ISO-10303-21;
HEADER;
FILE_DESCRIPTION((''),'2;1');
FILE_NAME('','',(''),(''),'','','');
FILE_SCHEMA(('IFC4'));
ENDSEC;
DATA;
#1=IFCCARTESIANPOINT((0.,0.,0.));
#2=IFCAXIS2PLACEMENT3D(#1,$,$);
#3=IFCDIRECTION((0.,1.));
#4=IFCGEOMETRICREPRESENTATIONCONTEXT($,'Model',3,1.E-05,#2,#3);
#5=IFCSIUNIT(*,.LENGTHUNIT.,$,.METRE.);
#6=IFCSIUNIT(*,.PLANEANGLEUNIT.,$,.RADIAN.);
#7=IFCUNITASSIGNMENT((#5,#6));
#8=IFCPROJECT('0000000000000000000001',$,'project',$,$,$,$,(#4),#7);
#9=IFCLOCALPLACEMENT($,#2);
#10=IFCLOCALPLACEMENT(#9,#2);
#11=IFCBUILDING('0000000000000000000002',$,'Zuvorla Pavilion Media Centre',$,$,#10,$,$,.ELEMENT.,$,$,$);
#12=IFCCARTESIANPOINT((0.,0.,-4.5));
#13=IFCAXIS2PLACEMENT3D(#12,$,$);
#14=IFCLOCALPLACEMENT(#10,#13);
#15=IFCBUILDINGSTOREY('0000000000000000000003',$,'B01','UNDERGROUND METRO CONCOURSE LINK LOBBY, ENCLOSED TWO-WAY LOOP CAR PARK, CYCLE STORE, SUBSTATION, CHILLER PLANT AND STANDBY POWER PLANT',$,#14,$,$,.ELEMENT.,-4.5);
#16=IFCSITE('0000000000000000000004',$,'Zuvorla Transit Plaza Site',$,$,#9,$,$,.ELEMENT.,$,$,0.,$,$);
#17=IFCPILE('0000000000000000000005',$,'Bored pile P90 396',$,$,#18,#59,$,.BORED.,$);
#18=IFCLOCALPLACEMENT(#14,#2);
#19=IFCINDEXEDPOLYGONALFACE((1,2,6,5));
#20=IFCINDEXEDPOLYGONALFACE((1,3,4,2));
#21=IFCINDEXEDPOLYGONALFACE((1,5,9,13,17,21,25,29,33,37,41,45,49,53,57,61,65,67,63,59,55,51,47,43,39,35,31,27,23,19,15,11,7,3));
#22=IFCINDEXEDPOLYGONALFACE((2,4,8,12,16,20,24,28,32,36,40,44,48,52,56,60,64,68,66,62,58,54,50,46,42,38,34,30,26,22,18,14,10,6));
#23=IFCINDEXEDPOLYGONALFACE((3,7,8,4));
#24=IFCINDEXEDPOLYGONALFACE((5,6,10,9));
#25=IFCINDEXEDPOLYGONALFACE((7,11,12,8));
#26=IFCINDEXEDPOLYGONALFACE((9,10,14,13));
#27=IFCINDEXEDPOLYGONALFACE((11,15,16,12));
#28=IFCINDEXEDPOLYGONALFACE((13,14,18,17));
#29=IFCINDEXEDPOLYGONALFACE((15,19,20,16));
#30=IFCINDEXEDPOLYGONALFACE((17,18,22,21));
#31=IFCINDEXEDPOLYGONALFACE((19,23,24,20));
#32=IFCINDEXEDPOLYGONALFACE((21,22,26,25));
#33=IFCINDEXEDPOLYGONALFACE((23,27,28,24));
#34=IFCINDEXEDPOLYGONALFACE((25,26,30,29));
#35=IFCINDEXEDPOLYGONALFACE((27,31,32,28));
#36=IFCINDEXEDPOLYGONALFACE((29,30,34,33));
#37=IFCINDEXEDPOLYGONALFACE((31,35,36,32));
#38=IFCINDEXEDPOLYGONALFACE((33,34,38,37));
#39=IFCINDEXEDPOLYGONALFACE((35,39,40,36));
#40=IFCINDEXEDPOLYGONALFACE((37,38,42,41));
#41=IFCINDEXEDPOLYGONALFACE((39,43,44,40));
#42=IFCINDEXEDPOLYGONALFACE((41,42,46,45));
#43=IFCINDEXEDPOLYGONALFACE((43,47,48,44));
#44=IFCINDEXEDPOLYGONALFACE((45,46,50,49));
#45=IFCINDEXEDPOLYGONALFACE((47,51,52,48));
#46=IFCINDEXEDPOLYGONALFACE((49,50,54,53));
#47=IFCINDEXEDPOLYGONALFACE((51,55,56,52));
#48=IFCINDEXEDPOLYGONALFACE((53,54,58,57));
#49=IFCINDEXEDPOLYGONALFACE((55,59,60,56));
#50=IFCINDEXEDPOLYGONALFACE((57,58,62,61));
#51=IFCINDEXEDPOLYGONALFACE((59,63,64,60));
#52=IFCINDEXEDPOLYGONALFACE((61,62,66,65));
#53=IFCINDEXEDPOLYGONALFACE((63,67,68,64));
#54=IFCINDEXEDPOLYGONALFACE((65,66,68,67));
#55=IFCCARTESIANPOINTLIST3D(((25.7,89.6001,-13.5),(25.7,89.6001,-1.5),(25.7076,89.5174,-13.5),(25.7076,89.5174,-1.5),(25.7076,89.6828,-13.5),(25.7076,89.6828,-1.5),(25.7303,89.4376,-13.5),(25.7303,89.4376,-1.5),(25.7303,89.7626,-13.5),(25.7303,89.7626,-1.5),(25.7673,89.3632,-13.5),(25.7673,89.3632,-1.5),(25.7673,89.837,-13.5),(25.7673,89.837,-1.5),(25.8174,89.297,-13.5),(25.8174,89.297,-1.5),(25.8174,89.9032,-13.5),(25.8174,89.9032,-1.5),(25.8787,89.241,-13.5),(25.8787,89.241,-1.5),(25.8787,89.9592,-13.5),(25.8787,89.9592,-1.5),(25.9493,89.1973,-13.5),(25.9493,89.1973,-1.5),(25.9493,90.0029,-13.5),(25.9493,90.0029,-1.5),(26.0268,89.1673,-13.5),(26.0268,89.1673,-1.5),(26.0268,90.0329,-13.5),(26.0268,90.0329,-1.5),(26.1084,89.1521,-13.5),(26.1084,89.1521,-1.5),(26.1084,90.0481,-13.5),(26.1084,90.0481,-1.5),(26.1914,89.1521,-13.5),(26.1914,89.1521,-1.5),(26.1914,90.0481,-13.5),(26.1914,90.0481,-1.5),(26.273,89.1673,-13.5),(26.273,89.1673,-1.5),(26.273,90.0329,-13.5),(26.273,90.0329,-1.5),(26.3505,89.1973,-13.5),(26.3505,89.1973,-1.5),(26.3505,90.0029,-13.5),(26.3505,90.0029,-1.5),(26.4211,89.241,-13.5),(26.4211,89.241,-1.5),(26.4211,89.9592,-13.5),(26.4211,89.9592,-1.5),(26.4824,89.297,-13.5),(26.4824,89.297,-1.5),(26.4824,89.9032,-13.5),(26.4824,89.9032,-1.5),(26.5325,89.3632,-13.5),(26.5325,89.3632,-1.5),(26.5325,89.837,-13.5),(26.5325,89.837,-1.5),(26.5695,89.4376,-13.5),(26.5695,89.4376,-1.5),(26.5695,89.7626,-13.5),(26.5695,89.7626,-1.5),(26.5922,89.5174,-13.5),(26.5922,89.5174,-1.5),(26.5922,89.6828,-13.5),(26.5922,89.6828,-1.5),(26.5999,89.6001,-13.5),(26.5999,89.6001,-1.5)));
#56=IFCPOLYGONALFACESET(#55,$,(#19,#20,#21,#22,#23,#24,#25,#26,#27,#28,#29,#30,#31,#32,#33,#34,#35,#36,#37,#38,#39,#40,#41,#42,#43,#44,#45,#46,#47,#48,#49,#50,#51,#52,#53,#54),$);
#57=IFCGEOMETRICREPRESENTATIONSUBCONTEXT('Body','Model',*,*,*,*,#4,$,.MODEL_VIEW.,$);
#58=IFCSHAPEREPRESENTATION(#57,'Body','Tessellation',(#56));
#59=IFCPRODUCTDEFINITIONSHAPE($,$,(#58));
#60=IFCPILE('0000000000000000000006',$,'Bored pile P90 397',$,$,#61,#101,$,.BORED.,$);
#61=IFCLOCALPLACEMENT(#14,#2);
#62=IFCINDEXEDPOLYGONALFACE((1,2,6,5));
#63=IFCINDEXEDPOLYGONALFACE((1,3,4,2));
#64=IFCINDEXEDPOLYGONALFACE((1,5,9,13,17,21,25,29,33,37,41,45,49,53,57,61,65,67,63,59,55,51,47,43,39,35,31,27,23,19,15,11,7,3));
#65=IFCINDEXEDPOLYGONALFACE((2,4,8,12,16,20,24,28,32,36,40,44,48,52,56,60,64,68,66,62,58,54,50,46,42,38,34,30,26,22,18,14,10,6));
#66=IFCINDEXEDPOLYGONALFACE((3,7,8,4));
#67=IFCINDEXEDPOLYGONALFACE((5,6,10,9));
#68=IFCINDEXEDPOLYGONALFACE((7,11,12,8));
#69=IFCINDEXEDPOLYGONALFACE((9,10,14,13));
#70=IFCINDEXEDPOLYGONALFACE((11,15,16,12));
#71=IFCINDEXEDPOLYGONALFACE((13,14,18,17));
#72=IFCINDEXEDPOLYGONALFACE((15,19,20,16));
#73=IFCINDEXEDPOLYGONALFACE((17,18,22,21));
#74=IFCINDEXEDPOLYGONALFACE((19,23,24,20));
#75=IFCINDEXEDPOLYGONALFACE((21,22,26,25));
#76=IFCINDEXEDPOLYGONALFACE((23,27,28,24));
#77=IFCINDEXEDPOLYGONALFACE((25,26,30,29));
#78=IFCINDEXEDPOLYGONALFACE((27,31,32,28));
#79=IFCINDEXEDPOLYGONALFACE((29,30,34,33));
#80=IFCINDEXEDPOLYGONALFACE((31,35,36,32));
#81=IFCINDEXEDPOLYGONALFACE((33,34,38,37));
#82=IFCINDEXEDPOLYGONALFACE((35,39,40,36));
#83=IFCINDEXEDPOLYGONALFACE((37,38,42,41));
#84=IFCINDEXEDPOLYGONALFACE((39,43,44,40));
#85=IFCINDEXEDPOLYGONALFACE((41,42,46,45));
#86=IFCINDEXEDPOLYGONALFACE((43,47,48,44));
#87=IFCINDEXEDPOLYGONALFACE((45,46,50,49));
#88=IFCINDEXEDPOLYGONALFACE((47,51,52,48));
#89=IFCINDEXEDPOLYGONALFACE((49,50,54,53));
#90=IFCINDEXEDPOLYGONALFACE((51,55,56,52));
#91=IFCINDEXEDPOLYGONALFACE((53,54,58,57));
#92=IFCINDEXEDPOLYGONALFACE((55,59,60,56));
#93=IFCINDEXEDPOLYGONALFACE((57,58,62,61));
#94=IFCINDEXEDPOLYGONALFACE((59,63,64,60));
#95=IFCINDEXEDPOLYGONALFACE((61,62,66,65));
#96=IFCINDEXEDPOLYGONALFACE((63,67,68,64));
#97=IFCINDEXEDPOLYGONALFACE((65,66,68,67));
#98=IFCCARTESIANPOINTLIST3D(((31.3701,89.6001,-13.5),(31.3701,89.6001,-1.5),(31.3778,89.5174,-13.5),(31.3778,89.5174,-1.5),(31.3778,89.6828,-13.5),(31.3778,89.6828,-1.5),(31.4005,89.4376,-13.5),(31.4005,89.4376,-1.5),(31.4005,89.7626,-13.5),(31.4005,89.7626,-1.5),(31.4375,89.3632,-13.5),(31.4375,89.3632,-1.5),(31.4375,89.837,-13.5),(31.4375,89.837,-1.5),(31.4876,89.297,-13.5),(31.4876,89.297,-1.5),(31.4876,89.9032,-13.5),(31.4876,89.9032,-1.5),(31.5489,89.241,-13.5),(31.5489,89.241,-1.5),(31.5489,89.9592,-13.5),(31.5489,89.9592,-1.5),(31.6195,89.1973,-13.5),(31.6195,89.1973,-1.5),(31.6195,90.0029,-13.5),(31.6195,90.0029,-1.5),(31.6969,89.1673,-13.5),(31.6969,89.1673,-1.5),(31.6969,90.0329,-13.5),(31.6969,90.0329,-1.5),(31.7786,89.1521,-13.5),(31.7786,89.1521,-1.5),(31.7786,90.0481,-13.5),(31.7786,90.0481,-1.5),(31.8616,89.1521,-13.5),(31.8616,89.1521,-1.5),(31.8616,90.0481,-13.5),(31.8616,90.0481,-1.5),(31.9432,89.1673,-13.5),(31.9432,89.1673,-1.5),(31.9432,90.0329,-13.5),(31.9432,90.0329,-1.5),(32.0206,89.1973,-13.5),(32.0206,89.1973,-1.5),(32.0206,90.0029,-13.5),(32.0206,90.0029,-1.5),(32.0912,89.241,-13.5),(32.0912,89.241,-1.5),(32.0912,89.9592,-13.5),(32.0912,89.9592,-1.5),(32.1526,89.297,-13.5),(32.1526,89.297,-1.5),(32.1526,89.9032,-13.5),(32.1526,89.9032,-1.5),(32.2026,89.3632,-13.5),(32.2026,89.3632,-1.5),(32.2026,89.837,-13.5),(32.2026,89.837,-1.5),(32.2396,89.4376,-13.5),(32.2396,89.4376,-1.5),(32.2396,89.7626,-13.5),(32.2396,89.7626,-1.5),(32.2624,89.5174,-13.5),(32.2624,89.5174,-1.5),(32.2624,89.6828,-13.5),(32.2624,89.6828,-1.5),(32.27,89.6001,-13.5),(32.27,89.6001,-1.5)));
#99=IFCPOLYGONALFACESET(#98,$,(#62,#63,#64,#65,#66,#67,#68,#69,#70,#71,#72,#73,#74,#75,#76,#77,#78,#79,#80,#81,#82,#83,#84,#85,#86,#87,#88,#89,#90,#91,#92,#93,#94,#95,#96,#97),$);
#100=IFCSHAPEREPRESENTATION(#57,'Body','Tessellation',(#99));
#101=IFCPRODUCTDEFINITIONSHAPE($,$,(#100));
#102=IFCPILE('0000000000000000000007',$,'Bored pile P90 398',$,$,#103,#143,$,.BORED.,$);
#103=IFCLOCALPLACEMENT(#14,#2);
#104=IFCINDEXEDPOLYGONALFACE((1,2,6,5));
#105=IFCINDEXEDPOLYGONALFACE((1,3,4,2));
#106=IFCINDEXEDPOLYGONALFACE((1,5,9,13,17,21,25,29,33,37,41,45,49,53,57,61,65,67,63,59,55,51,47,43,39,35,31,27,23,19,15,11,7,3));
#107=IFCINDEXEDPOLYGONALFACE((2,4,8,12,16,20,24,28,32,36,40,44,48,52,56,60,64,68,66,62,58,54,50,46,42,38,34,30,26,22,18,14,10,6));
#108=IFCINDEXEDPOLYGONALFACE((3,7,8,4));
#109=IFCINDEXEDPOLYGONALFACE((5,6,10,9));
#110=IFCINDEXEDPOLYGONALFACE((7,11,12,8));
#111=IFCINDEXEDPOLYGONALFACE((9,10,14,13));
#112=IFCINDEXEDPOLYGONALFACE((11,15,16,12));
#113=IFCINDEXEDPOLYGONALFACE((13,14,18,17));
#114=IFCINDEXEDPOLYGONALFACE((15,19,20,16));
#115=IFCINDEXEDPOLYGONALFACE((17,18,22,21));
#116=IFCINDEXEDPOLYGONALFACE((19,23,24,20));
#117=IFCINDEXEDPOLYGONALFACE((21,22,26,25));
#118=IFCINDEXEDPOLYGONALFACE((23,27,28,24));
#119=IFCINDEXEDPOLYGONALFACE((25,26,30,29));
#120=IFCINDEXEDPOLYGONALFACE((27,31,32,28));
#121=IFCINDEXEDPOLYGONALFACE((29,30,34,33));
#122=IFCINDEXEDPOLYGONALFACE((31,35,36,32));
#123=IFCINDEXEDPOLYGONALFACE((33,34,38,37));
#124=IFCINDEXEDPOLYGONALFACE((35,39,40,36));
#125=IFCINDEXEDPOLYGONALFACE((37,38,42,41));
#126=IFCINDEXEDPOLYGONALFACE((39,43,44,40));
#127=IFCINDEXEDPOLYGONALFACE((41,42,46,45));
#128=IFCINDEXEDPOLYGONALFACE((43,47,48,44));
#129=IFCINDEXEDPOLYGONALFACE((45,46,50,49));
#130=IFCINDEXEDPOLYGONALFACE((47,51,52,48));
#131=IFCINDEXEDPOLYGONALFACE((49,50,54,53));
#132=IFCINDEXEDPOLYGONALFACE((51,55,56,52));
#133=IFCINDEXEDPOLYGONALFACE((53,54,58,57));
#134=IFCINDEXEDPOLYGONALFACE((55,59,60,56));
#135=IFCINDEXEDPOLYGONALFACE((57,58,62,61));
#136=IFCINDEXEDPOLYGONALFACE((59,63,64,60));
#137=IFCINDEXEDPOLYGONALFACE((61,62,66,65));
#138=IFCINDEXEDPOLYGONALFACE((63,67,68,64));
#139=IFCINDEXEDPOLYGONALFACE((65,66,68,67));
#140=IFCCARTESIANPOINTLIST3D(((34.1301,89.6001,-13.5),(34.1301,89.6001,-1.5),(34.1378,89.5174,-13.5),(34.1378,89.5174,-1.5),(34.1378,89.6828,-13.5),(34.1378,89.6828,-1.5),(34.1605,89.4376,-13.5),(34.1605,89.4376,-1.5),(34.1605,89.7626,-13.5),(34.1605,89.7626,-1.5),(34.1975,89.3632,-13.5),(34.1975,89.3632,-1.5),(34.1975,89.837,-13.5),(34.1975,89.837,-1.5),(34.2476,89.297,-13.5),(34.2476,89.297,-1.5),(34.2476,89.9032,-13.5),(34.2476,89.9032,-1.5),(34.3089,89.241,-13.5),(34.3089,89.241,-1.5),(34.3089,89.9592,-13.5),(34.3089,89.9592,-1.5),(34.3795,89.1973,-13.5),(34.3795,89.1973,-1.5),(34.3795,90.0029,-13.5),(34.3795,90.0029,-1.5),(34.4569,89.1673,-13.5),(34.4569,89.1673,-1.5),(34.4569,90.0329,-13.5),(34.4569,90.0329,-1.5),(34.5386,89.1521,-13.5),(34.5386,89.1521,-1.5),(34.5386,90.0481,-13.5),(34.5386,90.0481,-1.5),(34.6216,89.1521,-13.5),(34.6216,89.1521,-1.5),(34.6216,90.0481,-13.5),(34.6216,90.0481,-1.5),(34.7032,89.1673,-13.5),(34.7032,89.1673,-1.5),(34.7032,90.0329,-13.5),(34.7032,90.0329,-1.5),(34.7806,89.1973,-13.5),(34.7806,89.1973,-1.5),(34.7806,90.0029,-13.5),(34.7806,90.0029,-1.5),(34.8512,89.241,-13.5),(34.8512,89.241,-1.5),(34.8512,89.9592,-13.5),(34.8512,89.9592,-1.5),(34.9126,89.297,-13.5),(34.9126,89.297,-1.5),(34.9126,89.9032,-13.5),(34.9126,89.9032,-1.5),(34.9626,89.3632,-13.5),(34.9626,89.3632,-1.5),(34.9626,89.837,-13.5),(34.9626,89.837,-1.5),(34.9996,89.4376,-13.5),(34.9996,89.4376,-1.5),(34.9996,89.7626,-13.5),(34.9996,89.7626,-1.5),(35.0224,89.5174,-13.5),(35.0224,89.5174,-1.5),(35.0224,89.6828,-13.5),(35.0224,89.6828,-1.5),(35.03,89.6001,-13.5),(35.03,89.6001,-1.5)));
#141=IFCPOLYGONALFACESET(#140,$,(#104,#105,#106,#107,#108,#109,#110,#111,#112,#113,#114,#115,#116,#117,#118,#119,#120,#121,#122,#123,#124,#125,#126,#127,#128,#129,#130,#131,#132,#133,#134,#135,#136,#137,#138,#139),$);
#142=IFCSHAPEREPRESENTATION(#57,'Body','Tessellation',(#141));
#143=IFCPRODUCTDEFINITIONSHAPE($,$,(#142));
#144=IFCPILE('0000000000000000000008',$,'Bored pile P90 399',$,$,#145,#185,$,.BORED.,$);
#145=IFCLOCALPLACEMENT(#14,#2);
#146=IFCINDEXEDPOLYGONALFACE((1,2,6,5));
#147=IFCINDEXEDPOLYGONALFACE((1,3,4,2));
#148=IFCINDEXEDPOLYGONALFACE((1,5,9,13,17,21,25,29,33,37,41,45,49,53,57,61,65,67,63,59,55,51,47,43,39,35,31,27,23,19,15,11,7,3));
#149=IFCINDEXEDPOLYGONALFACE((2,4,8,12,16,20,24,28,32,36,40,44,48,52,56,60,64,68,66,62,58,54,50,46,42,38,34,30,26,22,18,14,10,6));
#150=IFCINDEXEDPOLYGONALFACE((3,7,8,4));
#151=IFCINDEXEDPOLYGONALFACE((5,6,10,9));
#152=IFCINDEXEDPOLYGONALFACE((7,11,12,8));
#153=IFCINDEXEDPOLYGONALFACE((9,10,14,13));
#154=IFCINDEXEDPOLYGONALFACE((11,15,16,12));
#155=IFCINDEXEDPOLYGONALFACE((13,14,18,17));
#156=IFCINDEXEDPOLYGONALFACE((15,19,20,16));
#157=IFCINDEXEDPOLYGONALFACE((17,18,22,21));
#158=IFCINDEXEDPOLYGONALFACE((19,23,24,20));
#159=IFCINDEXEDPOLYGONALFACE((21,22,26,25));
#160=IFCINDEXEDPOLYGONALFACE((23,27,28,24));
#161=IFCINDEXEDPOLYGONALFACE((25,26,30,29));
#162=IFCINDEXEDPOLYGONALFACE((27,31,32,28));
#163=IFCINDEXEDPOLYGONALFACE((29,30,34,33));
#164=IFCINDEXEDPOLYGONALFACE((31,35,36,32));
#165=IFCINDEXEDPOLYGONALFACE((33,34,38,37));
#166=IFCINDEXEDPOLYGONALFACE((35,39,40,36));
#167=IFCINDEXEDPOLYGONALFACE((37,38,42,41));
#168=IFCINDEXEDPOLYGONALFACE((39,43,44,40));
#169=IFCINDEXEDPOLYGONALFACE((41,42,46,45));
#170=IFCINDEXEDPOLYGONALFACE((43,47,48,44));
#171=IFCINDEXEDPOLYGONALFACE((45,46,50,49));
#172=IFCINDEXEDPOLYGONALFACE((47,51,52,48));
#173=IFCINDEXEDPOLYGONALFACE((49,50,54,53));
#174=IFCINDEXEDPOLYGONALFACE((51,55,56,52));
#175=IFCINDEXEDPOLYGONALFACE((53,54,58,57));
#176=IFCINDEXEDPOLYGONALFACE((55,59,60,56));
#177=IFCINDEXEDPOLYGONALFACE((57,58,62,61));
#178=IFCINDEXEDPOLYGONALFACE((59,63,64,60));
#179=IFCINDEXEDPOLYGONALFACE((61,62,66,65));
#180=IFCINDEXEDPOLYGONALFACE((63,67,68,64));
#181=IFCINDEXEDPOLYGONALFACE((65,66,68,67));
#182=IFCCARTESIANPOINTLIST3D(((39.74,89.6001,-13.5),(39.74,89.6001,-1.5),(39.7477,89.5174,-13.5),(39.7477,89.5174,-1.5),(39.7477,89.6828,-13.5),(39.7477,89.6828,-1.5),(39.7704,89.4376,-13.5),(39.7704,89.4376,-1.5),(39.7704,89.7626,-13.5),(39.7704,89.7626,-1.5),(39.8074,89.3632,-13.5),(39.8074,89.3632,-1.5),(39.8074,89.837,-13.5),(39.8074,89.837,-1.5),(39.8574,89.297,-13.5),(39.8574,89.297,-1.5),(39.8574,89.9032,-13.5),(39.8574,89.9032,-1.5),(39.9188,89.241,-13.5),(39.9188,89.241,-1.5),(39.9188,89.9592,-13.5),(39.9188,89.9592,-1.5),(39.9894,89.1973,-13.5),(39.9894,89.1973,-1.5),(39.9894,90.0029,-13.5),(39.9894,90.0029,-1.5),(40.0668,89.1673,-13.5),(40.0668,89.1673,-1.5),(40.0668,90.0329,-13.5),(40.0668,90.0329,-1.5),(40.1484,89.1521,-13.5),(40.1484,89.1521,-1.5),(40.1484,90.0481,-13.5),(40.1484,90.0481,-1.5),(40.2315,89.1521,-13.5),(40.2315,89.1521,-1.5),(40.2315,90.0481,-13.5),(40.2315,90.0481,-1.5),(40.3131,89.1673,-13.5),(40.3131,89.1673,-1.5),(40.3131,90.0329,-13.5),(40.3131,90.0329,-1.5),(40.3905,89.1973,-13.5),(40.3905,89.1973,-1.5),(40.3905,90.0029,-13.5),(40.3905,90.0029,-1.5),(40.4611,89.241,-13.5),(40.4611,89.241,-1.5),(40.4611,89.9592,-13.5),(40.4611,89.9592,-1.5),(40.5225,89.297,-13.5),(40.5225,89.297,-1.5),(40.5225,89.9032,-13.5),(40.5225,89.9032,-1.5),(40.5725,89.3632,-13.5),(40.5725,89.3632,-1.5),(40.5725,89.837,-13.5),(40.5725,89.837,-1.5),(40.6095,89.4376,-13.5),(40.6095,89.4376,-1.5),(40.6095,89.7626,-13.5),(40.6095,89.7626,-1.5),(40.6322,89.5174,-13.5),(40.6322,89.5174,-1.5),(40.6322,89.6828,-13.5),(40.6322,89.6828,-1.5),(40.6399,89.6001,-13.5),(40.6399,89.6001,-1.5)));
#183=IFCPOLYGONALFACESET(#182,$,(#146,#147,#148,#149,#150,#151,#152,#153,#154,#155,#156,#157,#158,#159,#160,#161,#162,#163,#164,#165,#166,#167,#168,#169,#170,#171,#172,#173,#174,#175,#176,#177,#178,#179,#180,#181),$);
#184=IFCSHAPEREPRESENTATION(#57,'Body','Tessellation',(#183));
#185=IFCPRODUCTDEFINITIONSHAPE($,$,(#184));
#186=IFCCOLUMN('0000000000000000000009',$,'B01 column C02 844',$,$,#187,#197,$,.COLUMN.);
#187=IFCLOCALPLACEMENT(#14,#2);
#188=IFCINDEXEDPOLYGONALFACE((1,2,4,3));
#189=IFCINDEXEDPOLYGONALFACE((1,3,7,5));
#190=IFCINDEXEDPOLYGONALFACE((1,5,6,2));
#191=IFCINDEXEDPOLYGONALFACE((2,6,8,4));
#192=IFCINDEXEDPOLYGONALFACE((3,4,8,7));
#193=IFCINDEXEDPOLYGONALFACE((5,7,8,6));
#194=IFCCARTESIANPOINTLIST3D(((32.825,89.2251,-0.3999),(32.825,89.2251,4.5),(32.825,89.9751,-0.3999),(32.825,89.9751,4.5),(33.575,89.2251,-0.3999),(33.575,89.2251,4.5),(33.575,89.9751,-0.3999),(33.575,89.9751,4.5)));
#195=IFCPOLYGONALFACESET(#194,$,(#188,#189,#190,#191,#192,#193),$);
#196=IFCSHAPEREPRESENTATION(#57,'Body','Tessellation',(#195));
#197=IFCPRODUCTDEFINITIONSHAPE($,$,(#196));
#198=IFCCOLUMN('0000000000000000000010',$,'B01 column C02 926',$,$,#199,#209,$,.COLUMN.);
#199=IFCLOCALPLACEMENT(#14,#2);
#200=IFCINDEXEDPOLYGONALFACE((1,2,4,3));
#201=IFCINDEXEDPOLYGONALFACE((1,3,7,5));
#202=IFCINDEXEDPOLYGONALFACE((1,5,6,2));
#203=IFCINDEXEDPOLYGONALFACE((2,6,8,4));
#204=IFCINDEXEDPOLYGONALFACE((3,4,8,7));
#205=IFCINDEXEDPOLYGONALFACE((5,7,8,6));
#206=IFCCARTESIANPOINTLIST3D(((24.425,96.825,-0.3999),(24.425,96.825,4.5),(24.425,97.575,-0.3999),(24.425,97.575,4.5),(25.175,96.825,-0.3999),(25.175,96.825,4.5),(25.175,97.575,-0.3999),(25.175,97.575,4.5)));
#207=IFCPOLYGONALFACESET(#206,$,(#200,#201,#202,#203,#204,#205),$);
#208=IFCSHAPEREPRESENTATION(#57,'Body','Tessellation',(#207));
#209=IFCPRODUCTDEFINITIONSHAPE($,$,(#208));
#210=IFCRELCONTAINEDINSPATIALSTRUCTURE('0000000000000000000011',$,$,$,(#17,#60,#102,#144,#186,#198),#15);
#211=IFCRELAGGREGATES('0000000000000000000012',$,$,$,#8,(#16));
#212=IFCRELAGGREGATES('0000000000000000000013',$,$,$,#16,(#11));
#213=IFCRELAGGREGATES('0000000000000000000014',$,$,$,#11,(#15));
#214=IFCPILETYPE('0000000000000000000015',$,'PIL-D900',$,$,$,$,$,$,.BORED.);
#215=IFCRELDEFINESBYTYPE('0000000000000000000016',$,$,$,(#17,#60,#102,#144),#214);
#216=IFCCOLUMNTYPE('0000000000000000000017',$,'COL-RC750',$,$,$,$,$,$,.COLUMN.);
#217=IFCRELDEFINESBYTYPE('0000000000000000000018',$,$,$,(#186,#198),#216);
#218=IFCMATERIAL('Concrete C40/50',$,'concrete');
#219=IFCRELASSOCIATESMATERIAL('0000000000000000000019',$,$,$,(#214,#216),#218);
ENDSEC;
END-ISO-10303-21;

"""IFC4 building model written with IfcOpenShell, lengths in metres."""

from ifc_helpers import new_model, si_unit, direction, frame, origin, origin_2d, place, context, subcontext, project, spatial, rectangle, circle, extrude, material, material_profile, profile_set, type_object, element, save


model = new_model("IFC4")

# Units and contexts
model_context = context("Model", 3, precision=1e-05, world=origin(), true_north=direction((0.0, 1.0)))
body_context = subcontext(model_context, "Body", "Model", "MODEL_VIEW")
ifc_project = project(units=[si_unit("LENGTHUNIT", "METRE"), si_unit("PLANEANGLEUNIT", "RADIAN")], contexts=[model_context])

# Site, building, storey
site_placement = place(None, origin())
site = spatial("IfcSite", under=ifc_project, at=site_placement, Name="Zuvorla Transit Plaza Site", CompositionType="ELEMENT", RefElevation=0.0)
building_placement = place(site_placement, origin())
building = spatial("IfcBuilding", under=site, at=building_placement, Name="Zuvorla Pavilion Media Centre", CompositionType="ELEMENT")
storey_placement = place(building_placement, frame((0.0, 0.0, -4.5)))
storey = spatial("IfcBuildingStorey", under=building, at=storey_placement, Name="B01", Description="UNDERGROUND METRO CONCOURSE LINK LOBBY, ENCLOSED TWO-WAY LOOP CAR PARK, CYCLE STORE, SUBSTATION, CHILLER PLANT AND STANDBY POWER PLANT", CompositionType="ELEMENT", Elevation=-4.5)

# Shared definitions
ifc_material = material(Name="Concrete C40/50", Category="concrete")

# Piles
ifc_material_profile_1 = material_profile(ifc_material, circle(Radius=0.45, at=origin_2d()), Name="BORED PILE 900")
ifc_profile_set_1 = profile_set([ifc_material_profile_1], Name="Concrete C40/50")
pile_type_1 = type_object("IfcPileType", Name="PIL-D900", PredefinedType="BORED", material=ifc_profile_set_1)
for number, where, z_axis, x_axis, name in (
    (1, (26.1499, 89.6001, -1.5), (0.0, 0.0, -1.0), (1.0, 0.0, 0.0), "Bored pile P90 396"),
    (2, (31.8201, 89.6001, -1.5), (0.0, 0.0, -1.0), (1.0, 0.0, 0.0), "Bored pile P90 397"),
    (3, (34.5801, 89.6001, -1.5), (0.0, 0.0, -1.0), (1.0, 0.0, 0.0), "Bored pile P90 398"),
    (4, (40.1899, 89.6001, -1.5), (0.0, 0.0, -1.0), (1.0, 0.0, 0.0), "Bored pile P90 399"),
):
    element("IfcPile", number, at=place(storey_placement, frame(where, z_axis=z_axis, x_axis=x_axis)), inside=storey, type_object=pile_type_1, Name=name, PredefinedType="BORED", context=body_context, shape_type="SweptSolid", body=[
        extrude(circle(Radius=0.45, at=origin_2d()), origin(), (0.0, 0.0, 1.0), 12.0),
    ])

# Columns
ifc_material_profile_2 = material_profile(ifc_material, rectangle(XDim=0.75, YDim=0.75, at=origin_2d()), Name="RC 750x750")
ifc_profile_set_2 = profile_set([ifc_material_profile_2], Name="Concrete C40/50")
column_type = type_object("IfcColumnType", Name="COL-RC750", PredefinedType="COLUMN", material=ifc_profile_set_2)
for number, where, z_axis, x_axis, name in (
    (5, (33.2, 89.6001, -0.3999), (0.0, 0.0, 1.0), (1.0, 0.0, 0.0), "B01 column C02 844"),
    (6, (24.8, 97.2, -0.3999), (0.0, 0.0, 1.0), (1.0, 0.0, 0.0), "B01 column C02 926"),
):
    element("IfcColumn", number, at=place(storey_placement, frame(where, z_axis=z_axis, x_axis=x_axis)), inside=storey, type_object=column_type, Name=name, PredefinedType="COLUMN", context=body_context, shape_type="SweptSolid", body=[
        extrude(rectangle(XDim=0.75, YDim=0.75, at=origin_2d()), origin(), (0.0, 0.0, 1.0), 4.8999),
    ])

save(model, "model.ifc")
